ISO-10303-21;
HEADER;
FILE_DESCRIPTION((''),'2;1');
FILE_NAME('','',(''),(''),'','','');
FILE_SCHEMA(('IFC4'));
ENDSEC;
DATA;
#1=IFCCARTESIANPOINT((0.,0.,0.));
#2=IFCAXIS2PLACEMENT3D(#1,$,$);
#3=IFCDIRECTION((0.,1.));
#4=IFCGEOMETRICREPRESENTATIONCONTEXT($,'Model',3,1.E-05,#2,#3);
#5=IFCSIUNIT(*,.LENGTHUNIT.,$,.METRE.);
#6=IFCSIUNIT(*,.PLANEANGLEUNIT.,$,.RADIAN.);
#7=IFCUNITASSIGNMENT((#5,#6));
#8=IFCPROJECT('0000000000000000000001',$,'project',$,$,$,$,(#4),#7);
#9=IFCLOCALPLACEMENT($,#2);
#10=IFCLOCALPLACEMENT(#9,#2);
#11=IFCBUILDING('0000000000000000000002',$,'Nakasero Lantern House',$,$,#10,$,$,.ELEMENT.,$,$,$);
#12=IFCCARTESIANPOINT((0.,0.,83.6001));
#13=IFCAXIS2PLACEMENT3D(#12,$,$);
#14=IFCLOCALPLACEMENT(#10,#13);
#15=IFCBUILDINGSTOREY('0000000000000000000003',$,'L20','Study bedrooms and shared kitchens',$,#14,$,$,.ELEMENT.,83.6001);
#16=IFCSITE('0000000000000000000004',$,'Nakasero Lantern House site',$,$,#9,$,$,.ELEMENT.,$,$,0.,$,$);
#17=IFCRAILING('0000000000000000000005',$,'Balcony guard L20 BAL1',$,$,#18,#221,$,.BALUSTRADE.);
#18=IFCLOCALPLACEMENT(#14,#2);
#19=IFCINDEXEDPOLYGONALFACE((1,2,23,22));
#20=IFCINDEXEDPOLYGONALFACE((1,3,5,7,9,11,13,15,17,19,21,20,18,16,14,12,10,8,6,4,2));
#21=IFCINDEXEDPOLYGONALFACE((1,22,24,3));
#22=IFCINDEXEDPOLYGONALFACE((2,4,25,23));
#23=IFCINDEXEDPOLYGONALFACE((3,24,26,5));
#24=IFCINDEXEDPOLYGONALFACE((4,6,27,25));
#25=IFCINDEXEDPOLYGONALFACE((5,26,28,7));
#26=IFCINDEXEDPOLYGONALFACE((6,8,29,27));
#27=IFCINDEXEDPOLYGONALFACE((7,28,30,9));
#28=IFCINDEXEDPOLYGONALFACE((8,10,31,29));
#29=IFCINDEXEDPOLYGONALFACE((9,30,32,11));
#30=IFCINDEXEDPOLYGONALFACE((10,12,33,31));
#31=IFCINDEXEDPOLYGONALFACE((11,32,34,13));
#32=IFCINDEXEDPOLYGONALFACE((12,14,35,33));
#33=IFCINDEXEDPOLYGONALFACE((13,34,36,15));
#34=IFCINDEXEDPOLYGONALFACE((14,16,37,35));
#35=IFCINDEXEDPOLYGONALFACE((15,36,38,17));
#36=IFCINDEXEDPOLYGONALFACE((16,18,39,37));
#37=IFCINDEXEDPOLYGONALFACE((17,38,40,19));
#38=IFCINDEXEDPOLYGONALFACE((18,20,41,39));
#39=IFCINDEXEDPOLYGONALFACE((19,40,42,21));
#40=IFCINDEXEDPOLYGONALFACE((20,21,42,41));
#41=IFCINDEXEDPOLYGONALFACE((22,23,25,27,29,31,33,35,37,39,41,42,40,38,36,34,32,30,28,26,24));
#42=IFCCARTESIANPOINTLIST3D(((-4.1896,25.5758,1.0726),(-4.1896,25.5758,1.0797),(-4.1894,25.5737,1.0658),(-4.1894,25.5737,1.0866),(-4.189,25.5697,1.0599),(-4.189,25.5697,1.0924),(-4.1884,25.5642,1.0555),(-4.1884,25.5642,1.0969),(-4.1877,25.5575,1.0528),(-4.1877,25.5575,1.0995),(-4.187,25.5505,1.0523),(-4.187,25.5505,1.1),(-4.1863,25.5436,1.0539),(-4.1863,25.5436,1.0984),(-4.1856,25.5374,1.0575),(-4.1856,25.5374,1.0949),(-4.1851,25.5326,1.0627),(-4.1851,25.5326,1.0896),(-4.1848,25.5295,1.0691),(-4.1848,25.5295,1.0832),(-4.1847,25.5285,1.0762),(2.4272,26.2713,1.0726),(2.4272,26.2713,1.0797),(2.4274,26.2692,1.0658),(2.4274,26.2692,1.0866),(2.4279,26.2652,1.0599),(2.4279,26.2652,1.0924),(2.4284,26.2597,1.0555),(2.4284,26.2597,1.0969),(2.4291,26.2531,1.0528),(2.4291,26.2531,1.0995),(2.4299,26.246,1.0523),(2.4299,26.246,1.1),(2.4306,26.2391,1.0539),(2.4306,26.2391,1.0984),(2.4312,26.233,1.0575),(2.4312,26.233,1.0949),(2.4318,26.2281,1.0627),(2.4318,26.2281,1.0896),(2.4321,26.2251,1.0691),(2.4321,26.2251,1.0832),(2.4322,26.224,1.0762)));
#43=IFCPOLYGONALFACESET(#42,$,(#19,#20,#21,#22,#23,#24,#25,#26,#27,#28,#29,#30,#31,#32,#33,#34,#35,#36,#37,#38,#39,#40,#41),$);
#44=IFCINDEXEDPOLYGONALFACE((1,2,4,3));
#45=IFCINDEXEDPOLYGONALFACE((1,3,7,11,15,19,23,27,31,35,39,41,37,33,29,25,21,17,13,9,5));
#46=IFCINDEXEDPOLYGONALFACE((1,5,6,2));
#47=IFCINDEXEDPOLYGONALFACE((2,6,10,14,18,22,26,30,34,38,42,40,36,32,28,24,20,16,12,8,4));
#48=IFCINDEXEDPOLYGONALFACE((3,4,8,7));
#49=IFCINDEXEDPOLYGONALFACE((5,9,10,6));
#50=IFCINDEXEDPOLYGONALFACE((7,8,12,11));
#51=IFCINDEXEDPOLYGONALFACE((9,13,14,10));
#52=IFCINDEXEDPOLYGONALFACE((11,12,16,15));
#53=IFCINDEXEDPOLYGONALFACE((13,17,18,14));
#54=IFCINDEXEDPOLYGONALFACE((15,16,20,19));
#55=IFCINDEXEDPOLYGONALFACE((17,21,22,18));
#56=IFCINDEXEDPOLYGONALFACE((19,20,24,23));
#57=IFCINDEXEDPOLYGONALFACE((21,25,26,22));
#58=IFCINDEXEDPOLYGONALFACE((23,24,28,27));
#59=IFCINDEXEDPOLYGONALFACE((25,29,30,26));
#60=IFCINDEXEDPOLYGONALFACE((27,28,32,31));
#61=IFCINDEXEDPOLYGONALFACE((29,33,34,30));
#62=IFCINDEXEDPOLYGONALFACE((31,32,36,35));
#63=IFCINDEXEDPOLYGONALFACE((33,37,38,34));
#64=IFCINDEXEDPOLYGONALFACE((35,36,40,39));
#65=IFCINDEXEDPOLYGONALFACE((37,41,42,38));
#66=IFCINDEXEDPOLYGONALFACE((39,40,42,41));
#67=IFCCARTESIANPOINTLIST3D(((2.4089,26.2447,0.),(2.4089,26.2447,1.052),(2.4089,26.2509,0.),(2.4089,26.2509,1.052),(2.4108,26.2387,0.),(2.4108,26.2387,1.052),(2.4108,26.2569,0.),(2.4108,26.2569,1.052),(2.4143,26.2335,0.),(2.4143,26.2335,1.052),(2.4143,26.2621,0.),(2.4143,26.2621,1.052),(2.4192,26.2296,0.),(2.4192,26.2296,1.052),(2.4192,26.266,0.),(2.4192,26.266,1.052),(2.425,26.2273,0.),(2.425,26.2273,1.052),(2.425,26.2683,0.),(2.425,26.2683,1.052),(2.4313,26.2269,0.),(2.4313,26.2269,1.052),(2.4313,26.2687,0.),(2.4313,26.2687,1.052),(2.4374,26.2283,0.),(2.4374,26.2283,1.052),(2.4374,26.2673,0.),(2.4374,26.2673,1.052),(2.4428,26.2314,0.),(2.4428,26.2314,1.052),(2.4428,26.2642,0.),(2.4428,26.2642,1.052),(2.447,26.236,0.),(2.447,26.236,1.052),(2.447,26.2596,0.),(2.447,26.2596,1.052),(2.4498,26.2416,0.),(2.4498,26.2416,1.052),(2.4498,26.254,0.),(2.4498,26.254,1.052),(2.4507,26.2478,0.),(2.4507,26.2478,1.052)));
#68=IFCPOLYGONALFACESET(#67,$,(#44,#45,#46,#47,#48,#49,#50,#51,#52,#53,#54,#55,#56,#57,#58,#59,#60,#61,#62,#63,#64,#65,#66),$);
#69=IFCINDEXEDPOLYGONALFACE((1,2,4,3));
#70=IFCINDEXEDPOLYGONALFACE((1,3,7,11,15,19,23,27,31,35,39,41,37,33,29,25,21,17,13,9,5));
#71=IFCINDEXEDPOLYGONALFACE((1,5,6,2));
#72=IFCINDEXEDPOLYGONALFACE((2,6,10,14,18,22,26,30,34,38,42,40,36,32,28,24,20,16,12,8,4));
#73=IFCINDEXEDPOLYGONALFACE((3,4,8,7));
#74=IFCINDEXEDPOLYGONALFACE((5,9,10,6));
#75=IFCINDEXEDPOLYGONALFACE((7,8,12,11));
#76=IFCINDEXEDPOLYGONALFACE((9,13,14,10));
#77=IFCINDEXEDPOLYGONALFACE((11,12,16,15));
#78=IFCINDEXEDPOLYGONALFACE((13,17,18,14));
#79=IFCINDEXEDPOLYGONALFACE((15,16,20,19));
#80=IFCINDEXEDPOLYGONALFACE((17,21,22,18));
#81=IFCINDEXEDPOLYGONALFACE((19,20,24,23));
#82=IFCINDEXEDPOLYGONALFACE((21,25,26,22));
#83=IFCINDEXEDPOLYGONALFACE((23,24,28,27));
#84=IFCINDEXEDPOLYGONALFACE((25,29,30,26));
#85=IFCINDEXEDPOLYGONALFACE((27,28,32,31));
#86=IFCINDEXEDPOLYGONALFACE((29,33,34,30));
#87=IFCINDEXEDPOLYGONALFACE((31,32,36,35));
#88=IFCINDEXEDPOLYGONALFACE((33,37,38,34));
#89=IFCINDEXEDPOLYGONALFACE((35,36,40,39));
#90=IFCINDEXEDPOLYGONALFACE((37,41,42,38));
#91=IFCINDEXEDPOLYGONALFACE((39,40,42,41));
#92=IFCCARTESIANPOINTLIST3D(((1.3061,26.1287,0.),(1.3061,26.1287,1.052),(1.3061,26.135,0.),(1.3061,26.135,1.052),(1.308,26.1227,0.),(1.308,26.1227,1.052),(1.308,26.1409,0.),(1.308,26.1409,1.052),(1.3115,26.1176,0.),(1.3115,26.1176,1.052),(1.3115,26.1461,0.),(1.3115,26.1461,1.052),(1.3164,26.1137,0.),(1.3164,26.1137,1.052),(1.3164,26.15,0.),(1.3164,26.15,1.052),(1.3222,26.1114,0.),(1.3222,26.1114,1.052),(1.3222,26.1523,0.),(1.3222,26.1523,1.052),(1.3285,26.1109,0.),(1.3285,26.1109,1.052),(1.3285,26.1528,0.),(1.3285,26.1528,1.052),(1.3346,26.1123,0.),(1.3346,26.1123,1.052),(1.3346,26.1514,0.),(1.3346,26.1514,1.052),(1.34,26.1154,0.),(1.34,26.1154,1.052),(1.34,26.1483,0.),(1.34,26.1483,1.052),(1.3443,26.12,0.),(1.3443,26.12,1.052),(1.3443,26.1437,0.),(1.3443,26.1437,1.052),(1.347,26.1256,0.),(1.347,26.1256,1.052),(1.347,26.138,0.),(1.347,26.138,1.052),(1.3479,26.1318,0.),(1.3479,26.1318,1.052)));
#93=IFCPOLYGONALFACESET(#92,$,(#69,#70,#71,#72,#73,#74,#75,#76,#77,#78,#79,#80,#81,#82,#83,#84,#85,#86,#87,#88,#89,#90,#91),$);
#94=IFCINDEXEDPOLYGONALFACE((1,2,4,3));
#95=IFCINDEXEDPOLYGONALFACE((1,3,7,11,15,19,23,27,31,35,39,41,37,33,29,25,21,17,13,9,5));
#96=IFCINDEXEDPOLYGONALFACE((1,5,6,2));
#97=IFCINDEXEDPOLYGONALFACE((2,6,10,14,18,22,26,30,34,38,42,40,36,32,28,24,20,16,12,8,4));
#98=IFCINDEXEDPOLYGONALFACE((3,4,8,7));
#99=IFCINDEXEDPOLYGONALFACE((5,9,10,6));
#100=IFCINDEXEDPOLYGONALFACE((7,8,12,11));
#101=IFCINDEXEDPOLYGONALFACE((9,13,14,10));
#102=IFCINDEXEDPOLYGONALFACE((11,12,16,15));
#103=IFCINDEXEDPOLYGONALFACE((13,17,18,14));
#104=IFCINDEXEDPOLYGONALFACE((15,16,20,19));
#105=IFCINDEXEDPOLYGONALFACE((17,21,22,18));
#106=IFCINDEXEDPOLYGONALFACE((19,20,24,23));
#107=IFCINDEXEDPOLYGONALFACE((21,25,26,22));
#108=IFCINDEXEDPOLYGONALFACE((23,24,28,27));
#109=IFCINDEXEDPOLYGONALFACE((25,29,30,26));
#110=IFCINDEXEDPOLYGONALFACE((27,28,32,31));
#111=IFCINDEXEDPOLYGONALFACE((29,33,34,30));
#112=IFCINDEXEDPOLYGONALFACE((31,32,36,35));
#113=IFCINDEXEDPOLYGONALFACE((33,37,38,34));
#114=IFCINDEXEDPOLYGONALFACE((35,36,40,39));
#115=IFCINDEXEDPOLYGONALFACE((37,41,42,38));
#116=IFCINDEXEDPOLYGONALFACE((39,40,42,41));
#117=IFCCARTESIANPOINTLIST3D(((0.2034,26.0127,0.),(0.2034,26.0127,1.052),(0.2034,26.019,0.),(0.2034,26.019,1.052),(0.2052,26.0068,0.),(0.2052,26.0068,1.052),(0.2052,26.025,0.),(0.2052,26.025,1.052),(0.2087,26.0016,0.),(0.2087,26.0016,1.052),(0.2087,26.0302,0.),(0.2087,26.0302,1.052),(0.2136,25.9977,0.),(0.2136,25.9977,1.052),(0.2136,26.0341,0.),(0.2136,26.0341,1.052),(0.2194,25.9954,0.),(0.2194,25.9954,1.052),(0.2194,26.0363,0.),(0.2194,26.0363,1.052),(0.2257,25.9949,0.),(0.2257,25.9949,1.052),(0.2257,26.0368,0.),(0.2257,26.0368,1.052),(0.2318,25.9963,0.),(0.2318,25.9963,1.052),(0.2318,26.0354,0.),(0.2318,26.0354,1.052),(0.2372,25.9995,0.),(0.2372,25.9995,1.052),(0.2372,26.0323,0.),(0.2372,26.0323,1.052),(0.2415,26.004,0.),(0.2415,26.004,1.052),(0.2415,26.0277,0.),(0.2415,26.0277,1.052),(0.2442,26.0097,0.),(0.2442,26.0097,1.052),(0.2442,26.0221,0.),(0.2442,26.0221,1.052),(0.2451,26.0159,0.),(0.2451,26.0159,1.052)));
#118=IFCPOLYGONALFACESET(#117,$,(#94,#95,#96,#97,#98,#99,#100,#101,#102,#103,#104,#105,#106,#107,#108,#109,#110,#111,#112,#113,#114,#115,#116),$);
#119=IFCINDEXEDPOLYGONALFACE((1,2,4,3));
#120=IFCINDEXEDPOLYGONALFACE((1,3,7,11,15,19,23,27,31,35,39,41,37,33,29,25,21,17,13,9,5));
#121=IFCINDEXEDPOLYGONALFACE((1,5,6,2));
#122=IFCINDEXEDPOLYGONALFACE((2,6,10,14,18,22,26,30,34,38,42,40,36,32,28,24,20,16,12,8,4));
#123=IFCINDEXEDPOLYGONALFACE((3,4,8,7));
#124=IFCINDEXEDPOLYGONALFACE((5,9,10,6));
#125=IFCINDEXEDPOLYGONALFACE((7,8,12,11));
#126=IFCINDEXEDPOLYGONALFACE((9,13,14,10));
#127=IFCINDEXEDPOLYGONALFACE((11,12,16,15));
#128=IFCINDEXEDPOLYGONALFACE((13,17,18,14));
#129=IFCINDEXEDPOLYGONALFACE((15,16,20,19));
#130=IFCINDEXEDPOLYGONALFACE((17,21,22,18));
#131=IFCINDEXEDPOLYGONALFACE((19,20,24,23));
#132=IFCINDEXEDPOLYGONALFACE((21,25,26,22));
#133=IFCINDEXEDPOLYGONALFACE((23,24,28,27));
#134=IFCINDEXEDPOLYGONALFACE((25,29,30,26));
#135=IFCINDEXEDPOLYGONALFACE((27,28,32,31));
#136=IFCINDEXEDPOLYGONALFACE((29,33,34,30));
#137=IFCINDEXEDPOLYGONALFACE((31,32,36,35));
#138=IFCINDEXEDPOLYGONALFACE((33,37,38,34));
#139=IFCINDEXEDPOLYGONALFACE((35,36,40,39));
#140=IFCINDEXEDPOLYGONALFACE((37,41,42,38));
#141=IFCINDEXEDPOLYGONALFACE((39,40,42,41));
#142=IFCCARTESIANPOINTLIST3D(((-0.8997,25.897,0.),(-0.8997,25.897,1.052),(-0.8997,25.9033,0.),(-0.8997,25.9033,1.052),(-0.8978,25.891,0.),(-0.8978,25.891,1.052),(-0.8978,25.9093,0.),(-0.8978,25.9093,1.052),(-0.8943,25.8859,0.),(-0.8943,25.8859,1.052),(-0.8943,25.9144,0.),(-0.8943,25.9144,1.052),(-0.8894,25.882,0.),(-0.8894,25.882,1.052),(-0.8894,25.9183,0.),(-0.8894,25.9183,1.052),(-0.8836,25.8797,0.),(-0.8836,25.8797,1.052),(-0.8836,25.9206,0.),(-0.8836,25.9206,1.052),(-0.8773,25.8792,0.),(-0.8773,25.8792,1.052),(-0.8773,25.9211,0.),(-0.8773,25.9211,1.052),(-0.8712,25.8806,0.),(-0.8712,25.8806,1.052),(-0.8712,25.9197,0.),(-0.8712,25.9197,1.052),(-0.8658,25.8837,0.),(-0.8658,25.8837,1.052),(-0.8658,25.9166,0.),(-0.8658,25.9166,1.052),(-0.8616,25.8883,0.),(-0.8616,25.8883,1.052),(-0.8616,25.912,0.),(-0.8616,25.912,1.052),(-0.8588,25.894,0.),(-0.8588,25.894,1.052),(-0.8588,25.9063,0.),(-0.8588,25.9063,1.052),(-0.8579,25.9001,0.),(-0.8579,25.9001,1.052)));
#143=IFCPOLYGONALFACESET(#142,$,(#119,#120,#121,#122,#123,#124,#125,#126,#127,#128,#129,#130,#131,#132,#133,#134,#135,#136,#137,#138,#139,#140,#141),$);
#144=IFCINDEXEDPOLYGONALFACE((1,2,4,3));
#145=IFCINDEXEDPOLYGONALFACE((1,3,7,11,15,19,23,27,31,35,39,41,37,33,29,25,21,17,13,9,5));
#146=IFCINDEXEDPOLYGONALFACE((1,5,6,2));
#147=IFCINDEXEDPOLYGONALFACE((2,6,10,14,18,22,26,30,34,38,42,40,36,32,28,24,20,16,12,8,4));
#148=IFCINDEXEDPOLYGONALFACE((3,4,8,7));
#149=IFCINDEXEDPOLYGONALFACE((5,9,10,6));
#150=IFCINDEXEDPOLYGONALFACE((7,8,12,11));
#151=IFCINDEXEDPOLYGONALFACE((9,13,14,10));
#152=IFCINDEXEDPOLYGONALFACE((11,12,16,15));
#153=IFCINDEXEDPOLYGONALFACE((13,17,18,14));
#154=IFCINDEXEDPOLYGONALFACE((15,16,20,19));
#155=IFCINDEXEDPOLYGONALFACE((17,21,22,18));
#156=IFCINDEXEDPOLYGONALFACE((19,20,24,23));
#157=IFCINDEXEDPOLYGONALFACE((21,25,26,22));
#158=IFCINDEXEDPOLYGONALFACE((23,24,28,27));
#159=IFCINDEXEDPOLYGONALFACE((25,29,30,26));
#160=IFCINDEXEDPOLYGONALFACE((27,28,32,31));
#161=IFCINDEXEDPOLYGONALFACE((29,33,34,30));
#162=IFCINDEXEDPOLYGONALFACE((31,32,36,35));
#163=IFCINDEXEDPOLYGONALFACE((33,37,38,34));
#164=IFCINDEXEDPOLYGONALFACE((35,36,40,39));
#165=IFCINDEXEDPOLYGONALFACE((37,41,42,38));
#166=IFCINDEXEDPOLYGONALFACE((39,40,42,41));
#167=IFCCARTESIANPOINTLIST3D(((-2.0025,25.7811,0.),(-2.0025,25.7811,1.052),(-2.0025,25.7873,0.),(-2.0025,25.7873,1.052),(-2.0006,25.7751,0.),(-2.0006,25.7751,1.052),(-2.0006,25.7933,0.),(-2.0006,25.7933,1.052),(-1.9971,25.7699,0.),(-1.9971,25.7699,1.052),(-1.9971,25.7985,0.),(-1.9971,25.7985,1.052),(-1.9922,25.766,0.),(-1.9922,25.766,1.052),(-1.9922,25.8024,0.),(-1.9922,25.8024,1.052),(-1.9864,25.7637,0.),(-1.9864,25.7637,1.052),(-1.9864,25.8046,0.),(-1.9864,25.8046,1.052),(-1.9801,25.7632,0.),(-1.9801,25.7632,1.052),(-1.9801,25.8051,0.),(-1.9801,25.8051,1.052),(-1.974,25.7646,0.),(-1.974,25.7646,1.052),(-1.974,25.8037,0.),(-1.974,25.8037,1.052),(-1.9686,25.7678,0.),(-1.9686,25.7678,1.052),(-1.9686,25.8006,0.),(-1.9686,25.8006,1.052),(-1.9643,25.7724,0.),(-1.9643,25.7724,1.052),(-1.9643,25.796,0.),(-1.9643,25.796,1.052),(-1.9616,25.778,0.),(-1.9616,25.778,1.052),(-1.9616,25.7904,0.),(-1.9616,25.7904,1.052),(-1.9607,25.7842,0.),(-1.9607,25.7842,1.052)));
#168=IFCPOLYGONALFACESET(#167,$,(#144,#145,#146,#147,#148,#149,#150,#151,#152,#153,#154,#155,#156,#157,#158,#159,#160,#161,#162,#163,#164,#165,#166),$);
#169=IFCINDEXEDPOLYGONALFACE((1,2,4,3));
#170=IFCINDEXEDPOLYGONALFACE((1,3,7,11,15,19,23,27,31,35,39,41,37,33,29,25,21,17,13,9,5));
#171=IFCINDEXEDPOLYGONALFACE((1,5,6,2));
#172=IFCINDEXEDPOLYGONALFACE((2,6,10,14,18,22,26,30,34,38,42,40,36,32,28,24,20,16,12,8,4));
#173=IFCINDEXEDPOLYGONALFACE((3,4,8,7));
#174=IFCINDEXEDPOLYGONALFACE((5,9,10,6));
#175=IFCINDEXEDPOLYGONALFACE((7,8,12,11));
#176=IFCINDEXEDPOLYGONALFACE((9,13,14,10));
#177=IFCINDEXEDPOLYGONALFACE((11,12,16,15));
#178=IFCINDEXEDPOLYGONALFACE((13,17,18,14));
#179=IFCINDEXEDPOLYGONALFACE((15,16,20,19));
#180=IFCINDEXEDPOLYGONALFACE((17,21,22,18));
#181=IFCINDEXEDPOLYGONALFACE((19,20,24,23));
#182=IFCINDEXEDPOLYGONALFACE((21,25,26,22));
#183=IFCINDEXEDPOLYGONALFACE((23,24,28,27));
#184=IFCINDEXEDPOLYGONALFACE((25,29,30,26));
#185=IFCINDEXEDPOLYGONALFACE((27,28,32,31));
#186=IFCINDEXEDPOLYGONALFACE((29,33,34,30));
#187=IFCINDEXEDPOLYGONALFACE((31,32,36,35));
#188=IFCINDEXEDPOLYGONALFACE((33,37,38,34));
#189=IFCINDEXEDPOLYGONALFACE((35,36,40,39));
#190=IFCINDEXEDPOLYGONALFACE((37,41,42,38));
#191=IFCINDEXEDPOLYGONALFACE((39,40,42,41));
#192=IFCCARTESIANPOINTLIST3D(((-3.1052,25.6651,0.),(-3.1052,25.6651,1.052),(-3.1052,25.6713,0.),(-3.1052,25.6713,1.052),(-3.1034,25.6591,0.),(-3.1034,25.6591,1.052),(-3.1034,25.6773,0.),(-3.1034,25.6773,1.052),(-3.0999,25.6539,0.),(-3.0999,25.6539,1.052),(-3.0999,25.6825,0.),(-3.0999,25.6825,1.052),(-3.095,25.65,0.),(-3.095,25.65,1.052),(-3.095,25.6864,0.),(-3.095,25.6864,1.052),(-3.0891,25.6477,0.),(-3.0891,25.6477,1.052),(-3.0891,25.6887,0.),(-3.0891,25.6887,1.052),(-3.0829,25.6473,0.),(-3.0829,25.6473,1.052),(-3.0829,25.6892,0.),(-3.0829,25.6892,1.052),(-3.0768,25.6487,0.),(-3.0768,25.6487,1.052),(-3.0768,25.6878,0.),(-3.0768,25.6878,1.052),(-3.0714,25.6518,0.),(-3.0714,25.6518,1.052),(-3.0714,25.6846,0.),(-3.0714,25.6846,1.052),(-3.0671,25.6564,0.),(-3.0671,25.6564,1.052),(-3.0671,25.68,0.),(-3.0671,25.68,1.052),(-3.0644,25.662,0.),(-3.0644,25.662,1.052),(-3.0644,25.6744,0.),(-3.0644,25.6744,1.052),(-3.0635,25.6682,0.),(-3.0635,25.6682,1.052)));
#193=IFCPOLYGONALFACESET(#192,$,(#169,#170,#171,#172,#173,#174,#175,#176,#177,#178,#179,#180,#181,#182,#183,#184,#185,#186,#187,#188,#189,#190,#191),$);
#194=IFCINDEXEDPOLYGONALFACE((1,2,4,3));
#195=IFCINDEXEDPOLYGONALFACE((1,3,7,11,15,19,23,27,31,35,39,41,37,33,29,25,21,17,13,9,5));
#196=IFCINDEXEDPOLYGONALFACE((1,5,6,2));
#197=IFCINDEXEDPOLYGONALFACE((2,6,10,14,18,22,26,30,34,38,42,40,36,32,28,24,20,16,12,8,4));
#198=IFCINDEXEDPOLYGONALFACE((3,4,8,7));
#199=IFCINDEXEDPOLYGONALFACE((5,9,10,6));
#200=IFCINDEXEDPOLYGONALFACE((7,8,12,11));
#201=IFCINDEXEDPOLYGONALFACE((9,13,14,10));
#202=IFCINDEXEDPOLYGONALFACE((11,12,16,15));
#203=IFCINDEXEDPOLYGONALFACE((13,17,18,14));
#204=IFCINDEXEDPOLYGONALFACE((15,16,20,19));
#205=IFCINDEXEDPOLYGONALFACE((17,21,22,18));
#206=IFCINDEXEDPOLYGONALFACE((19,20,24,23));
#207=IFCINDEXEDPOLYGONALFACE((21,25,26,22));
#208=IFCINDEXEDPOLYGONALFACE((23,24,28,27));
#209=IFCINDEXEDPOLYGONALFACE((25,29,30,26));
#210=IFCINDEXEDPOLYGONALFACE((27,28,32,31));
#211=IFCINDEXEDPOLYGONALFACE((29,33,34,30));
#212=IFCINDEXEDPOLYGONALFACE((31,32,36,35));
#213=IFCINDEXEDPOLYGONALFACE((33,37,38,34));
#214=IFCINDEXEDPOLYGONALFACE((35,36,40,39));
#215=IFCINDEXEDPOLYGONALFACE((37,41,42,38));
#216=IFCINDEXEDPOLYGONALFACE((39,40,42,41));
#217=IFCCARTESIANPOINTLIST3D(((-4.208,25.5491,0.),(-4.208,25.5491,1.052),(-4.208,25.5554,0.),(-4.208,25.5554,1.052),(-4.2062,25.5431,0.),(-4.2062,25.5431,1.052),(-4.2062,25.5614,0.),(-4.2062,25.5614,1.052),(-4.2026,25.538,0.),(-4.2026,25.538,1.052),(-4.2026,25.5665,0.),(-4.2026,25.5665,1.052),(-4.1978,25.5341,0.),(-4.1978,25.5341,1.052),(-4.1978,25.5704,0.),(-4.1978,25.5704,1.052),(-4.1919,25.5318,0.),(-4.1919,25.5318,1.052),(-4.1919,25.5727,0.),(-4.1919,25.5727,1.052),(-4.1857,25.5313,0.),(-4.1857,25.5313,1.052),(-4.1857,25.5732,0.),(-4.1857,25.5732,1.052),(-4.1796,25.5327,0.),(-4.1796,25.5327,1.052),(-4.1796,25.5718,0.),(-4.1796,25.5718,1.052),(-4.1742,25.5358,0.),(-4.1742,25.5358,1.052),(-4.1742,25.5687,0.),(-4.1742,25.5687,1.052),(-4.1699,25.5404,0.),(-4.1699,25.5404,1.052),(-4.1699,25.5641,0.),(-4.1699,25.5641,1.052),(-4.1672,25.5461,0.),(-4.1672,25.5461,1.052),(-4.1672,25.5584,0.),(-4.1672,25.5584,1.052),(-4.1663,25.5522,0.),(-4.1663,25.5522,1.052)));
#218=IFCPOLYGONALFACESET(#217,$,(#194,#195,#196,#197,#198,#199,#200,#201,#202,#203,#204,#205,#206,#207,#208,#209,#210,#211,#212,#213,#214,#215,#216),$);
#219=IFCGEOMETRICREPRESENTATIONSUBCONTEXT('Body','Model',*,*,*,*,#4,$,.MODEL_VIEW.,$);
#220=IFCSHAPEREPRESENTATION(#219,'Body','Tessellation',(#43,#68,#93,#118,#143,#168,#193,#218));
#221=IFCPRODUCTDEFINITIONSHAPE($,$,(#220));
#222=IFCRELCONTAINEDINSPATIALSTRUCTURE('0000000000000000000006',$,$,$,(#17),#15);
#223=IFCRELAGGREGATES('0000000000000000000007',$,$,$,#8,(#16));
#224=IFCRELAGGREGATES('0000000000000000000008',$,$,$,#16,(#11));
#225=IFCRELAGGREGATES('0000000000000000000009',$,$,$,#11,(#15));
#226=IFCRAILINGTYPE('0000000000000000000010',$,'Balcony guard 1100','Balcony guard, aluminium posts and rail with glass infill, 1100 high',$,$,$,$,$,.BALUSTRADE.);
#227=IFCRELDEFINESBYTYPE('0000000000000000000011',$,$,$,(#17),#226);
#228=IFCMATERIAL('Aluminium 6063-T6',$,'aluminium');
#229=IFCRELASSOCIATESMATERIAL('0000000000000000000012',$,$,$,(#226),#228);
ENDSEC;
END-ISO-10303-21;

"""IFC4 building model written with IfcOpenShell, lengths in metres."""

from ifc_helpers import new_model, si_unit, direction, frame, origin, origin_2d, place, context, subcontext, project, spatial, circle, extrude, material, type_object, element, save


model = new_model("IFC4")

# Units and contexts
model_context = context("Model", 3, precision=1e-05, world=origin(), true_north=direction((0.0, 1.0)))
body_context = subcontext(model_context, "Body", "Model", "MODEL_VIEW")
ifc_project = project(units=[si_unit("LENGTHUNIT", "METRE"), si_unit("PLANEANGLEUNIT", "RADIAN")], contexts=[model_context])

# Site, building, storey
site_placement = place(None, origin())
site = spatial("IfcSite", under=ifc_project, at=site_placement, Name="Nakasero Lantern House site", CompositionType="ELEMENT", RefElevation=0.0)
building_placement = place(site_placement, origin())
building = spatial("IfcBuilding", under=site, at=building_placement, Name="Nakasero Lantern House", CompositionType="ELEMENT")
storey_placement = place(building_placement, frame((0.0, 0.0, 83.6001)))
storey = spatial("IfcBuildingStorey", under=building, at=storey_placement, Name="L20", Description="Study bedrooms and shared kitchens", CompositionType="ELEMENT", Elevation=83.6001)

# Railing
ifc_material_1 = material(Name="Aluminium 6063-T6", Category="aluminium")
railing_type = type_object("IfcRailingType", Name="Balcony guard 1100", Description="Balcony guard, aluminium posts and rail with glass infill, 1100 high", PredefinedType="BALUSTRADE", material=ifc_material_1)
railing_placement = place(storey_placement, frame((2.4297, 26.2478, 0.0)))
element("IfcRailing", 1, at=railing_placement, inside=storey, type_object=railing_type, Name="Balcony guard L20 BAL1", PredefinedType="BALUSTRADE", context=body_context, shape_type="SweptSolid", body=[
    extrude(circle(Radius=0.0239, at=origin_2d()), frame((0.0, 0.0, 1.0762), z_axis=(-0.994521, -0.104542, 0.0), x_axis=(0.104542, -0.994521, 0.0)), (0.0, 0.0, 1.0), 6.6533),
    extrude(circle(Radius=0.021, at=origin_2d()), origin(), (0.0, 0.0, 1.0), 1.052),
    extrude(circle(Radius=0.021, at=origin_2d()), frame((-1.1028, -0.116, 0.0)), (0.0, 0.0, 1.0), 1.052),
    extrude(circle(Radius=0.021, at=origin_2d()), frame((-2.2056, -0.2319, 0.0)), (0.0, 0.0, 1.0), 1.052),
    extrude(circle(Radius=0.021, at=origin_2d()), frame((-3.3086, -0.3477, 0.0)), (0.0, 0.0, 1.0), 1.052),
    extrude(circle(Radius=0.021, at=origin_2d()), frame((-4.4114, -0.4636, 0.0)), (0.0, 0.0, 1.0), 1.052),
    extrude(circle(Radius=0.021, at=origin_2d()), frame((-5.5142, -0.5796, 0.0)), (0.0, 0.0, 1.0), 1.052),
    extrude(circle(Radius=0.021, at=origin_2d()), frame((-6.6169, -0.6956, 0.0)), (0.0, 0.0, 1.0), 1.052),
])

save(model, "model.ifc")
